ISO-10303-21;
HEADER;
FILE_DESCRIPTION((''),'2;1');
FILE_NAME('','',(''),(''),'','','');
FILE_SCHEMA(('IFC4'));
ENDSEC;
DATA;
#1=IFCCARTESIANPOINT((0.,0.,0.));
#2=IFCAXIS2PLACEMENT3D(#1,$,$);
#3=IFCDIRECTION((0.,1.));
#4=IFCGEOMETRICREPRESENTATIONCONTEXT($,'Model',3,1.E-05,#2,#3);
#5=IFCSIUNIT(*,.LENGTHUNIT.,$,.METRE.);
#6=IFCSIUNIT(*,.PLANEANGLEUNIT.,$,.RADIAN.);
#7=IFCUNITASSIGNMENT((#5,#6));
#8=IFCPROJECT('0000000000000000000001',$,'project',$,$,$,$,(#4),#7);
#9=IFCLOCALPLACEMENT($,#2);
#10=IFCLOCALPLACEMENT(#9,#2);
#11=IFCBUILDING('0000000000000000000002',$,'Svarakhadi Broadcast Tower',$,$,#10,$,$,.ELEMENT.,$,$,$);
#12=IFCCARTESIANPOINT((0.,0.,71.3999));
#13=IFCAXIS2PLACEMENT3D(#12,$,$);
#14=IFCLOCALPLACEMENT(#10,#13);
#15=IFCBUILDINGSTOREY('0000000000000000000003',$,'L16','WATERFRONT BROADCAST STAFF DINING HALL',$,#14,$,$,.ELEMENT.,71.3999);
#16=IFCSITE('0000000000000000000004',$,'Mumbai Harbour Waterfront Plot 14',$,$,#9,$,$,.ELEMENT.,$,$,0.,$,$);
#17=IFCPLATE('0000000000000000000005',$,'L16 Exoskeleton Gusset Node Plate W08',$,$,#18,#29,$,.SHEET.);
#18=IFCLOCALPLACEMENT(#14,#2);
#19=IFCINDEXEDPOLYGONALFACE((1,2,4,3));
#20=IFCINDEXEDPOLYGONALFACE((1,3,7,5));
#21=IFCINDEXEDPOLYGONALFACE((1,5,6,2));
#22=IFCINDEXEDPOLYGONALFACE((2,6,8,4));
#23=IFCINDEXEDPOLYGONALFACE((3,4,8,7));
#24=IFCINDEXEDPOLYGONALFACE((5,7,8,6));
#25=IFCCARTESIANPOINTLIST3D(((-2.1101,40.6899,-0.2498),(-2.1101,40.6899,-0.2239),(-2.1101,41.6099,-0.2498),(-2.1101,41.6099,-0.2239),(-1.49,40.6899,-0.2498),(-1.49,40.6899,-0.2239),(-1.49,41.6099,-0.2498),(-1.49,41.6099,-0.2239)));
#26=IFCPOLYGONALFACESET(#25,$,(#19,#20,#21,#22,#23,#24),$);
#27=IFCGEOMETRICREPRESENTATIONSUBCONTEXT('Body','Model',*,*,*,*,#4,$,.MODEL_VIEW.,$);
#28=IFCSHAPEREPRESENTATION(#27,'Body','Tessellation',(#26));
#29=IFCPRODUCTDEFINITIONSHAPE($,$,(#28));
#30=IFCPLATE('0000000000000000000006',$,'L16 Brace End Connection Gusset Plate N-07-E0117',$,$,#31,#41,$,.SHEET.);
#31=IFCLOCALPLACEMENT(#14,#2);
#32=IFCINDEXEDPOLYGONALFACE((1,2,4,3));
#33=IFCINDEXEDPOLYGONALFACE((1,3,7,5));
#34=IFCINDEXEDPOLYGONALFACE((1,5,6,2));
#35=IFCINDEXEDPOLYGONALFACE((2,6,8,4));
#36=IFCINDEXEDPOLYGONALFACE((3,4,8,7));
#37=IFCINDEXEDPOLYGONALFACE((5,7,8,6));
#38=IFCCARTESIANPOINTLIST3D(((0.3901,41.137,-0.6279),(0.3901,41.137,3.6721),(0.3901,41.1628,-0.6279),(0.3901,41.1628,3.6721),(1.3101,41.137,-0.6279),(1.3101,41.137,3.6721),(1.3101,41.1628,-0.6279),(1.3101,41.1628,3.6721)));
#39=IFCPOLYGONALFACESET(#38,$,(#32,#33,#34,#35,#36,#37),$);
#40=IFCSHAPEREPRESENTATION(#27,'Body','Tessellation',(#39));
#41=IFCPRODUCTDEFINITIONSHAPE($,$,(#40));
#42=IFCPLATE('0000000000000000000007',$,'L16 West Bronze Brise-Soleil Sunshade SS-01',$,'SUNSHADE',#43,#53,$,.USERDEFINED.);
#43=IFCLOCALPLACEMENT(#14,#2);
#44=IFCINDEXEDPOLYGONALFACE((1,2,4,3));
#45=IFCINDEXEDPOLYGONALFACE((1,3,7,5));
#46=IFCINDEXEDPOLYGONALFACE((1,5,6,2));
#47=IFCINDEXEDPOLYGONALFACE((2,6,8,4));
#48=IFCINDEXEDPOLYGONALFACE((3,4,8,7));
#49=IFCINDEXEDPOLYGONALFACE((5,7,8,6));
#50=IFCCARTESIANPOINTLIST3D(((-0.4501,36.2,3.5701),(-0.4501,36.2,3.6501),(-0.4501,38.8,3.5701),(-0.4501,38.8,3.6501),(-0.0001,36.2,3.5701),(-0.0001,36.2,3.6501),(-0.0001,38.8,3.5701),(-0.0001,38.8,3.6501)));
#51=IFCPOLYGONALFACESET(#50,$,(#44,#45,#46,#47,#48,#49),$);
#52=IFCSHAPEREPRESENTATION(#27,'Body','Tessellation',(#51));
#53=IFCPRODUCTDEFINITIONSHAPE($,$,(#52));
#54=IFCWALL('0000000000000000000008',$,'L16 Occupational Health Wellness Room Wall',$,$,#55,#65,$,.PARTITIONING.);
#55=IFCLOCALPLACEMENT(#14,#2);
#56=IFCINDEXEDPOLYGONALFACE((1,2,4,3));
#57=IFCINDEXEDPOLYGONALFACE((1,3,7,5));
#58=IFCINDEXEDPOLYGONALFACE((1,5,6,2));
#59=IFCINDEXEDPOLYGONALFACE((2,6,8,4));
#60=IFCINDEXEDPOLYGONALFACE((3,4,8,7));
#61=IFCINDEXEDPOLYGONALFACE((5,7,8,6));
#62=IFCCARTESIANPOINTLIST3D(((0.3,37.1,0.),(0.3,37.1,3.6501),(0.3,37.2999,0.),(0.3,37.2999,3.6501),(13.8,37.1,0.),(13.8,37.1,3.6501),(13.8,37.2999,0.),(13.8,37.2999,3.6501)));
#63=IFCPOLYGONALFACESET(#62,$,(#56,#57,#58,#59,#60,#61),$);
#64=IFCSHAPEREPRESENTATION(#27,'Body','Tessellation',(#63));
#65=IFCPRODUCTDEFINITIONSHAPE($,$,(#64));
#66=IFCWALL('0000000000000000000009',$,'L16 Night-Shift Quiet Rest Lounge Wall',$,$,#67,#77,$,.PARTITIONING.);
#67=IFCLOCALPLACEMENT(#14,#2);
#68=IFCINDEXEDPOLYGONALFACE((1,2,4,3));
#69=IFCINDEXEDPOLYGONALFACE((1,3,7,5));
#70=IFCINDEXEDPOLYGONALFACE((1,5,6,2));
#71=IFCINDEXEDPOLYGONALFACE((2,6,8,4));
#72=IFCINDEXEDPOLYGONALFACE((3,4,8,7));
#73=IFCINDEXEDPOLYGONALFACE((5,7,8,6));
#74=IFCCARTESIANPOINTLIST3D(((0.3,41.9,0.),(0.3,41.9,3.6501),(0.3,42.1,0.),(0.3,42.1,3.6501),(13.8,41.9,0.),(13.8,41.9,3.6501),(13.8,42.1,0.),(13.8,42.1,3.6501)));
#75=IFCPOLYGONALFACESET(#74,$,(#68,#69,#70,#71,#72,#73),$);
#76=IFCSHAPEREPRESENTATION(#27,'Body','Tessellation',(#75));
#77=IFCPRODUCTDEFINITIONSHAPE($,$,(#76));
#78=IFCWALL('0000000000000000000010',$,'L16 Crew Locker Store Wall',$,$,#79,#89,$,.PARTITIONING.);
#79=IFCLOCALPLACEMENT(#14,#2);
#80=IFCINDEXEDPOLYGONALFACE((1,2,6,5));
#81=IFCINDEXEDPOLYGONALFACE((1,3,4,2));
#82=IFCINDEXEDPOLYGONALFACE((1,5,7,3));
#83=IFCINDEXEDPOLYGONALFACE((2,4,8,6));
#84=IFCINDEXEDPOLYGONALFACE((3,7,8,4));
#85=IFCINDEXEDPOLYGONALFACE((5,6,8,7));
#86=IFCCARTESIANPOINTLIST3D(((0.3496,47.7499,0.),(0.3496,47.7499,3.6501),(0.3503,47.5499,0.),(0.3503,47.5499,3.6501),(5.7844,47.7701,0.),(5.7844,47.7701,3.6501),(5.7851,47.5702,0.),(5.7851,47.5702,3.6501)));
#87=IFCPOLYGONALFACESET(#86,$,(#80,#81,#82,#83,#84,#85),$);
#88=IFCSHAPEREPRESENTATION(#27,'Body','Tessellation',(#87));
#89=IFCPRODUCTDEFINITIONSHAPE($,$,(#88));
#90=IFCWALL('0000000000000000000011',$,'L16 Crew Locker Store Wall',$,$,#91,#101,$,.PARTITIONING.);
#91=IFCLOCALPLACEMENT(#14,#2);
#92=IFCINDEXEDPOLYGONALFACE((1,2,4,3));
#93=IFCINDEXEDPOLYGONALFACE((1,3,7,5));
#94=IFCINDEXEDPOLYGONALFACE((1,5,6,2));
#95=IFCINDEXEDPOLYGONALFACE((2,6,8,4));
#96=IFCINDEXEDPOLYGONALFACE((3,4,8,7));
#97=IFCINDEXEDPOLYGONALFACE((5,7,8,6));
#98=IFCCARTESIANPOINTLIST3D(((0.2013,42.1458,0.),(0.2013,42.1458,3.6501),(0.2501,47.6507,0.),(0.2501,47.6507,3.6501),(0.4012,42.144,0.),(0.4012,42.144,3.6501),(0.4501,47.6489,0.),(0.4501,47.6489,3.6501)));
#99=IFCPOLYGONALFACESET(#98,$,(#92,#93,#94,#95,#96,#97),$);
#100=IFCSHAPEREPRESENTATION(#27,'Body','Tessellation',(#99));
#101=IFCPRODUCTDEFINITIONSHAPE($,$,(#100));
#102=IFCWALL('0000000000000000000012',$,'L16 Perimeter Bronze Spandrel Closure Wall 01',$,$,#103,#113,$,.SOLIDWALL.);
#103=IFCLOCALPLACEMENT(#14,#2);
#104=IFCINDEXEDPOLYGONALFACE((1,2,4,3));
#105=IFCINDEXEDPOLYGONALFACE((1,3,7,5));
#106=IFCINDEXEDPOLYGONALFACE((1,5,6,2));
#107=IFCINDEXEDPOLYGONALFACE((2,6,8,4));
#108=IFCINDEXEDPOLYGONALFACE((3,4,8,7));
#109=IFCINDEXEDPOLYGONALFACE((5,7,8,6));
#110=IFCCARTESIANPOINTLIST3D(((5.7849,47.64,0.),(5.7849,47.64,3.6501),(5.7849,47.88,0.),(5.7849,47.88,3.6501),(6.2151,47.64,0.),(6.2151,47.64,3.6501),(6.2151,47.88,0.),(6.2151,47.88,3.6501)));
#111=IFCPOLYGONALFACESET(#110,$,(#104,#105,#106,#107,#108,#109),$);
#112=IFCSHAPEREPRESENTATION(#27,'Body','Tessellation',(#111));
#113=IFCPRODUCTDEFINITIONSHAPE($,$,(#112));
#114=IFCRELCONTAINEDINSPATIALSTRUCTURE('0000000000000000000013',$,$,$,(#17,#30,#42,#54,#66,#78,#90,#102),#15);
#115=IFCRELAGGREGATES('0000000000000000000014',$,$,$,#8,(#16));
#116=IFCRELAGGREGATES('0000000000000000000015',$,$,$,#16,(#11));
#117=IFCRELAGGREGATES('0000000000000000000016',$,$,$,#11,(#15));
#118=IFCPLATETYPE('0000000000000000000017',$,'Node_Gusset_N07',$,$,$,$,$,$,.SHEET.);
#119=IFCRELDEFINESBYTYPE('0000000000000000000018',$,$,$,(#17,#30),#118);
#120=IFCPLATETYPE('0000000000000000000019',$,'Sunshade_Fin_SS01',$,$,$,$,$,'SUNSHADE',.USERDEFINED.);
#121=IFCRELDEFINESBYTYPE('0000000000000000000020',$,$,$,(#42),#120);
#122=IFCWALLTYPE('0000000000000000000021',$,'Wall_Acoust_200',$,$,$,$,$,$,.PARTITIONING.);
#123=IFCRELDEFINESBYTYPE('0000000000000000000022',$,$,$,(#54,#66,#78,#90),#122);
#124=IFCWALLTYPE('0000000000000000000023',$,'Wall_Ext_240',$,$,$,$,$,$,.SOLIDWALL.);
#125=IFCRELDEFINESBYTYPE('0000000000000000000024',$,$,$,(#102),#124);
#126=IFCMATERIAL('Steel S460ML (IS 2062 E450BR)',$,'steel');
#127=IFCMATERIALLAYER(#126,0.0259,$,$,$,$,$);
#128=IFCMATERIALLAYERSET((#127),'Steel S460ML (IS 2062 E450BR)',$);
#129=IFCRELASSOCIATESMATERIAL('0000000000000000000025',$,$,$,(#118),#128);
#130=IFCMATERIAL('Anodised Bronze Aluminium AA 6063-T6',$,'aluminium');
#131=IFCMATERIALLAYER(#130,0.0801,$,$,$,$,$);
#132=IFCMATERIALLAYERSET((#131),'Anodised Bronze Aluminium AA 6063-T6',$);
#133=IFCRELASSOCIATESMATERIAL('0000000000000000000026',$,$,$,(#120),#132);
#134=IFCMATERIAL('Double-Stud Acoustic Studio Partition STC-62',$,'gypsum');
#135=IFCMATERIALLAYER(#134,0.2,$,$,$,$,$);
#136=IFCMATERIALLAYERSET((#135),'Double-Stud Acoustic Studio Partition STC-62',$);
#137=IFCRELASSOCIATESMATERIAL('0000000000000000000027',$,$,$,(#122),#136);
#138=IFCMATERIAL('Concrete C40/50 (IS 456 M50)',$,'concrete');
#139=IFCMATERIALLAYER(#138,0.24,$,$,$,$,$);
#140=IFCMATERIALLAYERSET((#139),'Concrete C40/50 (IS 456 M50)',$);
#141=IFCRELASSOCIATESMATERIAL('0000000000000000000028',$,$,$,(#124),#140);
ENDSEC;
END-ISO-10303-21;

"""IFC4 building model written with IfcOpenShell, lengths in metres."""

from ifc_helpers import new_model, si_unit, direction, frame, frame_2d, origin, origin_2d, place, context, subcontext, project, spatial, rectangle, extrude, material, layer, layer_set, type_object, element, save


model = new_model("IFC4")

# Units and contexts
model_context = context("Model", 3, precision=1e-05, world=origin(), true_north=direction((0.0, 1.0)))
body_context = subcontext(model_context, "Body", "Model", "MODEL_VIEW")
ifc_project = project(units=[si_unit("LENGTHUNIT", "METRE"), si_unit("PLANEANGLEUNIT", "RADIAN")], contexts=[model_context])

# Site, building, storey
site_placement = place(None, origin())
site = spatial("IfcSite", under=ifc_project, at=site_placement, Name="Mumbai Harbour Waterfront Plot 14", CompositionType="ELEMENT", RefElevation=0.0)
building_placement = place(site_placement, origin())
building = spatial("IfcBuilding", under=site, at=building_placement, Name="Svarakhadi Broadcast Tower", CompositionType="ELEMENT")
storey_placement = place(building_placement, frame((0.0, 0.0, 71.3999)))
storey = spatial("IfcBuildingStorey", under=building, at=storey_placement, Name="L16", Description="WATERFRONT BROADCAST STAFF DINING HALL", CompositionType="ELEMENT", Elevation=71.3999)

# Shared definitions
ifc_material_1 = material(Name="Steel S460ML (IS 2062 E450BR)", Category="steel")

# Shared definitions
ifc_material_2 = material(Name="Anodised Bronze Aluminium AA 6063-T6", Category="aluminium")

# Plates
ifc_layer_1 = layer(ifc_material_1, 0.0259)
ifc_layer_set_1 = layer_set([ifc_layer_1], Name="Steel S460ML (IS 2062 E450BR)")
plate_type_1 = type_object("IfcPlateType", Name="Node_Gusset_N07", PredefinedType="SHEET", material=ifc_layer_set_1)
plate_1_placement = place(storey_placement, frame((-1.8, 41.1499, -0.2498), z_axis=(0.0, 0.0, 1.0), x_axis=(0.0, 1.0, 0.0)))
element("IfcPlate", 1, at=plate_1_placement, inside=storey, type_object=plate_type_1, Name="L16 Exoskeleton Gusset Node Plate W08", PredefinedType="SHEET", context=body_context, shape_type="SweptSolid", body=[
    extrude(rectangle(XDim=0.9199, YDim=0.6201, at=origin_2d()), origin(), (0.0, 0.0, 1.0), 0.0259),
])
plate_2_placement = place(storey_placement, frame((0.8501, 41.1499, -0.6279), z_axis=(0.0, 0.0, 1.0), x_axis=(1.0, 0.0, 0.0)))
element("IfcPlate", 2, at=plate_2_placement, inside=storey, type_object=plate_type_1, Name="L16 Brace End Connection Gusset Plate N-07-E0117", PredefinedType="SHEET", context=body_context, shape_type="SweptSolid", body=[
    extrude(rectangle(XDim=0.9199, YDim=0.0259, at=origin_2d()), origin(), (0.0, 0.0, 1.0), 4.3),
])
ifc_layer_2 = layer(ifc_material_2, 0.0801)
ifc_layer_set_2 = layer_set([ifc_layer_2], Name="Anodised Bronze Aluminium AA 6063-T6")
plate_type_2 = type_object("IfcPlateType", Name="Sunshade_Fin_SS01", ElementType="SUNSHADE", PredefinedType="USERDEFINED", material=ifc_layer_set_2)
plate_3_placement = place(storey_placement, frame((-0.2251, 37.5, 3.5701), z_axis=(0.0, 0.0, 1.0), x_axis=(0.0, 1.0, 0.0)))
element("IfcPlate", 3, at=plate_3_placement, inside=storey, type_object=plate_type_2, Name="L16 West Bronze Brise-Soleil Sunshade SS-01", ObjectType="SUNSHADE", PredefinedType="USERDEFINED", context=body_context, shape_type="SweptSolid", body=[
    extrude(rectangle(XDim=2.6001, YDim=0.45, at=origin_2d()), origin(), (0.0, 0.0, 1.0), 0.0801),
])

# Walls
ifc_material_3 = material(Name="Double-Stud Acoustic Studio Partition STC-62", Category="gypsum")
ifc_layer_3 = layer(ifc_material_3, 0.2)
ifc_layer_set_3 = layer_set([ifc_layer_3], Name="Double-Stud Acoustic Studio Partition STC-62")
wall_type_1 = type_object("IfcWallType", Name="Wall_Acoust_200", PredefinedType="PARTITIONING", material=ifc_layer_set_3)
for number, where, z_axis, x_axis, name in (
    (4, (0.3, 37.2, 0.0), (0.0, 0.0, 1.0), (1.0, 0.0, 0.0), "L16 Occupational Health Wellness Room Wall"),
    (5, (0.3, 42.0, 0.0), (0.0, 0.0, 1.0), (1.0, 0.0, 0.0), "L16 Night-Shift Quiet Rest Lounge Wall"),
):
    element("IfcWall", number, at=place(storey_placement, frame(where, z_axis=z_axis, x_axis=x_axis)), inside=storey, type_object=wall_type_1, Name=name, PredefinedType="PARTITIONING", context=body_context, shape_type="SweptSolid", body=[
        extrude(rectangle(XDim=13.5, YDim=0.2, at=frame_2d((6.75, 0.0))), origin(), (0.0, 0.0, 1.0), 3.6501),
    ])
wall_1_placement = place(storey_placement, frame((0.3501, 47.6499, 0.0), z_axis=(0.0, 0.0, 1.0), x_axis=(0.999993, 0.003728, 0.0)))
element("IfcWall", 6, at=wall_1_placement, inside=storey, type_object=wall_type_1, Name="L16 Crew Locker Store Wall", PredefinedType="PARTITIONING", context=body_context, shape_type="SweptSolid", body=[
    extrude(rectangle(XDim=5.4348, YDim=0.2, at=frame_2d((2.7173, 0.0))), origin(), (0.0, 0.0, 1.0), 3.6501),
])
wall_2_placement = place(storey_placement, frame((0.3013, 42.145, 0.0), z_axis=(0.0, 0.0, 1.0), x_axis=(0.00887, 0.999961, 0.0)))
element("IfcWall", 7, at=wall_2_placement, inside=storey, type_object=wall_type_1, Name="L16 Crew Locker Store Wall", PredefinedType="PARTITIONING", context=body_context, shape_type="SweptSolid", body=[
    extrude(rectangle(XDim=5.5051, YDim=0.2, at=frame_2d((2.7524, 0.0))), origin(), (0.0, 0.0, 1.0), 3.6501),
])
ifc_material_4 = material(Name="Concrete C40/50 (IS 456 M50)", Category="concrete")
ifc_layer_4 = layer(ifc_material_4, 0.24)
ifc_layer_set_4 = layer_set([ifc_layer_4], Name="Concrete C40/50 (IS 456 M50)")
wall_type_2 = type_object("IfcWallType", Name="Wall_Ext_240", PredefinedType="SOLIDWALL", material=ifc_layer_set_4)
wall_3_placement = place(storey_placement, frame((5.7849, 47.76, 0.0), z_axis=(0.0, 0.0, 1.0), x_axis=(1.0, 0.0, 0.0)))
element("IfcWall", 8, at=wall_3_placement, inside=storey, type_object=wall_type_2, Name="L16 Perimeter Bronze Spandrel Closure Wall 01", PredefinedType="SOLIDWALL", context=body_context, shape_type="SweptSolid", body=[
    extrude(rectangle(XDim=0.4302, YDim=0.24, at=frame_2d((0.2151, 0.0))), origin(), (0.0, 0.0, 1.0), 3.6501),
])

save(model, "model.ifc")
